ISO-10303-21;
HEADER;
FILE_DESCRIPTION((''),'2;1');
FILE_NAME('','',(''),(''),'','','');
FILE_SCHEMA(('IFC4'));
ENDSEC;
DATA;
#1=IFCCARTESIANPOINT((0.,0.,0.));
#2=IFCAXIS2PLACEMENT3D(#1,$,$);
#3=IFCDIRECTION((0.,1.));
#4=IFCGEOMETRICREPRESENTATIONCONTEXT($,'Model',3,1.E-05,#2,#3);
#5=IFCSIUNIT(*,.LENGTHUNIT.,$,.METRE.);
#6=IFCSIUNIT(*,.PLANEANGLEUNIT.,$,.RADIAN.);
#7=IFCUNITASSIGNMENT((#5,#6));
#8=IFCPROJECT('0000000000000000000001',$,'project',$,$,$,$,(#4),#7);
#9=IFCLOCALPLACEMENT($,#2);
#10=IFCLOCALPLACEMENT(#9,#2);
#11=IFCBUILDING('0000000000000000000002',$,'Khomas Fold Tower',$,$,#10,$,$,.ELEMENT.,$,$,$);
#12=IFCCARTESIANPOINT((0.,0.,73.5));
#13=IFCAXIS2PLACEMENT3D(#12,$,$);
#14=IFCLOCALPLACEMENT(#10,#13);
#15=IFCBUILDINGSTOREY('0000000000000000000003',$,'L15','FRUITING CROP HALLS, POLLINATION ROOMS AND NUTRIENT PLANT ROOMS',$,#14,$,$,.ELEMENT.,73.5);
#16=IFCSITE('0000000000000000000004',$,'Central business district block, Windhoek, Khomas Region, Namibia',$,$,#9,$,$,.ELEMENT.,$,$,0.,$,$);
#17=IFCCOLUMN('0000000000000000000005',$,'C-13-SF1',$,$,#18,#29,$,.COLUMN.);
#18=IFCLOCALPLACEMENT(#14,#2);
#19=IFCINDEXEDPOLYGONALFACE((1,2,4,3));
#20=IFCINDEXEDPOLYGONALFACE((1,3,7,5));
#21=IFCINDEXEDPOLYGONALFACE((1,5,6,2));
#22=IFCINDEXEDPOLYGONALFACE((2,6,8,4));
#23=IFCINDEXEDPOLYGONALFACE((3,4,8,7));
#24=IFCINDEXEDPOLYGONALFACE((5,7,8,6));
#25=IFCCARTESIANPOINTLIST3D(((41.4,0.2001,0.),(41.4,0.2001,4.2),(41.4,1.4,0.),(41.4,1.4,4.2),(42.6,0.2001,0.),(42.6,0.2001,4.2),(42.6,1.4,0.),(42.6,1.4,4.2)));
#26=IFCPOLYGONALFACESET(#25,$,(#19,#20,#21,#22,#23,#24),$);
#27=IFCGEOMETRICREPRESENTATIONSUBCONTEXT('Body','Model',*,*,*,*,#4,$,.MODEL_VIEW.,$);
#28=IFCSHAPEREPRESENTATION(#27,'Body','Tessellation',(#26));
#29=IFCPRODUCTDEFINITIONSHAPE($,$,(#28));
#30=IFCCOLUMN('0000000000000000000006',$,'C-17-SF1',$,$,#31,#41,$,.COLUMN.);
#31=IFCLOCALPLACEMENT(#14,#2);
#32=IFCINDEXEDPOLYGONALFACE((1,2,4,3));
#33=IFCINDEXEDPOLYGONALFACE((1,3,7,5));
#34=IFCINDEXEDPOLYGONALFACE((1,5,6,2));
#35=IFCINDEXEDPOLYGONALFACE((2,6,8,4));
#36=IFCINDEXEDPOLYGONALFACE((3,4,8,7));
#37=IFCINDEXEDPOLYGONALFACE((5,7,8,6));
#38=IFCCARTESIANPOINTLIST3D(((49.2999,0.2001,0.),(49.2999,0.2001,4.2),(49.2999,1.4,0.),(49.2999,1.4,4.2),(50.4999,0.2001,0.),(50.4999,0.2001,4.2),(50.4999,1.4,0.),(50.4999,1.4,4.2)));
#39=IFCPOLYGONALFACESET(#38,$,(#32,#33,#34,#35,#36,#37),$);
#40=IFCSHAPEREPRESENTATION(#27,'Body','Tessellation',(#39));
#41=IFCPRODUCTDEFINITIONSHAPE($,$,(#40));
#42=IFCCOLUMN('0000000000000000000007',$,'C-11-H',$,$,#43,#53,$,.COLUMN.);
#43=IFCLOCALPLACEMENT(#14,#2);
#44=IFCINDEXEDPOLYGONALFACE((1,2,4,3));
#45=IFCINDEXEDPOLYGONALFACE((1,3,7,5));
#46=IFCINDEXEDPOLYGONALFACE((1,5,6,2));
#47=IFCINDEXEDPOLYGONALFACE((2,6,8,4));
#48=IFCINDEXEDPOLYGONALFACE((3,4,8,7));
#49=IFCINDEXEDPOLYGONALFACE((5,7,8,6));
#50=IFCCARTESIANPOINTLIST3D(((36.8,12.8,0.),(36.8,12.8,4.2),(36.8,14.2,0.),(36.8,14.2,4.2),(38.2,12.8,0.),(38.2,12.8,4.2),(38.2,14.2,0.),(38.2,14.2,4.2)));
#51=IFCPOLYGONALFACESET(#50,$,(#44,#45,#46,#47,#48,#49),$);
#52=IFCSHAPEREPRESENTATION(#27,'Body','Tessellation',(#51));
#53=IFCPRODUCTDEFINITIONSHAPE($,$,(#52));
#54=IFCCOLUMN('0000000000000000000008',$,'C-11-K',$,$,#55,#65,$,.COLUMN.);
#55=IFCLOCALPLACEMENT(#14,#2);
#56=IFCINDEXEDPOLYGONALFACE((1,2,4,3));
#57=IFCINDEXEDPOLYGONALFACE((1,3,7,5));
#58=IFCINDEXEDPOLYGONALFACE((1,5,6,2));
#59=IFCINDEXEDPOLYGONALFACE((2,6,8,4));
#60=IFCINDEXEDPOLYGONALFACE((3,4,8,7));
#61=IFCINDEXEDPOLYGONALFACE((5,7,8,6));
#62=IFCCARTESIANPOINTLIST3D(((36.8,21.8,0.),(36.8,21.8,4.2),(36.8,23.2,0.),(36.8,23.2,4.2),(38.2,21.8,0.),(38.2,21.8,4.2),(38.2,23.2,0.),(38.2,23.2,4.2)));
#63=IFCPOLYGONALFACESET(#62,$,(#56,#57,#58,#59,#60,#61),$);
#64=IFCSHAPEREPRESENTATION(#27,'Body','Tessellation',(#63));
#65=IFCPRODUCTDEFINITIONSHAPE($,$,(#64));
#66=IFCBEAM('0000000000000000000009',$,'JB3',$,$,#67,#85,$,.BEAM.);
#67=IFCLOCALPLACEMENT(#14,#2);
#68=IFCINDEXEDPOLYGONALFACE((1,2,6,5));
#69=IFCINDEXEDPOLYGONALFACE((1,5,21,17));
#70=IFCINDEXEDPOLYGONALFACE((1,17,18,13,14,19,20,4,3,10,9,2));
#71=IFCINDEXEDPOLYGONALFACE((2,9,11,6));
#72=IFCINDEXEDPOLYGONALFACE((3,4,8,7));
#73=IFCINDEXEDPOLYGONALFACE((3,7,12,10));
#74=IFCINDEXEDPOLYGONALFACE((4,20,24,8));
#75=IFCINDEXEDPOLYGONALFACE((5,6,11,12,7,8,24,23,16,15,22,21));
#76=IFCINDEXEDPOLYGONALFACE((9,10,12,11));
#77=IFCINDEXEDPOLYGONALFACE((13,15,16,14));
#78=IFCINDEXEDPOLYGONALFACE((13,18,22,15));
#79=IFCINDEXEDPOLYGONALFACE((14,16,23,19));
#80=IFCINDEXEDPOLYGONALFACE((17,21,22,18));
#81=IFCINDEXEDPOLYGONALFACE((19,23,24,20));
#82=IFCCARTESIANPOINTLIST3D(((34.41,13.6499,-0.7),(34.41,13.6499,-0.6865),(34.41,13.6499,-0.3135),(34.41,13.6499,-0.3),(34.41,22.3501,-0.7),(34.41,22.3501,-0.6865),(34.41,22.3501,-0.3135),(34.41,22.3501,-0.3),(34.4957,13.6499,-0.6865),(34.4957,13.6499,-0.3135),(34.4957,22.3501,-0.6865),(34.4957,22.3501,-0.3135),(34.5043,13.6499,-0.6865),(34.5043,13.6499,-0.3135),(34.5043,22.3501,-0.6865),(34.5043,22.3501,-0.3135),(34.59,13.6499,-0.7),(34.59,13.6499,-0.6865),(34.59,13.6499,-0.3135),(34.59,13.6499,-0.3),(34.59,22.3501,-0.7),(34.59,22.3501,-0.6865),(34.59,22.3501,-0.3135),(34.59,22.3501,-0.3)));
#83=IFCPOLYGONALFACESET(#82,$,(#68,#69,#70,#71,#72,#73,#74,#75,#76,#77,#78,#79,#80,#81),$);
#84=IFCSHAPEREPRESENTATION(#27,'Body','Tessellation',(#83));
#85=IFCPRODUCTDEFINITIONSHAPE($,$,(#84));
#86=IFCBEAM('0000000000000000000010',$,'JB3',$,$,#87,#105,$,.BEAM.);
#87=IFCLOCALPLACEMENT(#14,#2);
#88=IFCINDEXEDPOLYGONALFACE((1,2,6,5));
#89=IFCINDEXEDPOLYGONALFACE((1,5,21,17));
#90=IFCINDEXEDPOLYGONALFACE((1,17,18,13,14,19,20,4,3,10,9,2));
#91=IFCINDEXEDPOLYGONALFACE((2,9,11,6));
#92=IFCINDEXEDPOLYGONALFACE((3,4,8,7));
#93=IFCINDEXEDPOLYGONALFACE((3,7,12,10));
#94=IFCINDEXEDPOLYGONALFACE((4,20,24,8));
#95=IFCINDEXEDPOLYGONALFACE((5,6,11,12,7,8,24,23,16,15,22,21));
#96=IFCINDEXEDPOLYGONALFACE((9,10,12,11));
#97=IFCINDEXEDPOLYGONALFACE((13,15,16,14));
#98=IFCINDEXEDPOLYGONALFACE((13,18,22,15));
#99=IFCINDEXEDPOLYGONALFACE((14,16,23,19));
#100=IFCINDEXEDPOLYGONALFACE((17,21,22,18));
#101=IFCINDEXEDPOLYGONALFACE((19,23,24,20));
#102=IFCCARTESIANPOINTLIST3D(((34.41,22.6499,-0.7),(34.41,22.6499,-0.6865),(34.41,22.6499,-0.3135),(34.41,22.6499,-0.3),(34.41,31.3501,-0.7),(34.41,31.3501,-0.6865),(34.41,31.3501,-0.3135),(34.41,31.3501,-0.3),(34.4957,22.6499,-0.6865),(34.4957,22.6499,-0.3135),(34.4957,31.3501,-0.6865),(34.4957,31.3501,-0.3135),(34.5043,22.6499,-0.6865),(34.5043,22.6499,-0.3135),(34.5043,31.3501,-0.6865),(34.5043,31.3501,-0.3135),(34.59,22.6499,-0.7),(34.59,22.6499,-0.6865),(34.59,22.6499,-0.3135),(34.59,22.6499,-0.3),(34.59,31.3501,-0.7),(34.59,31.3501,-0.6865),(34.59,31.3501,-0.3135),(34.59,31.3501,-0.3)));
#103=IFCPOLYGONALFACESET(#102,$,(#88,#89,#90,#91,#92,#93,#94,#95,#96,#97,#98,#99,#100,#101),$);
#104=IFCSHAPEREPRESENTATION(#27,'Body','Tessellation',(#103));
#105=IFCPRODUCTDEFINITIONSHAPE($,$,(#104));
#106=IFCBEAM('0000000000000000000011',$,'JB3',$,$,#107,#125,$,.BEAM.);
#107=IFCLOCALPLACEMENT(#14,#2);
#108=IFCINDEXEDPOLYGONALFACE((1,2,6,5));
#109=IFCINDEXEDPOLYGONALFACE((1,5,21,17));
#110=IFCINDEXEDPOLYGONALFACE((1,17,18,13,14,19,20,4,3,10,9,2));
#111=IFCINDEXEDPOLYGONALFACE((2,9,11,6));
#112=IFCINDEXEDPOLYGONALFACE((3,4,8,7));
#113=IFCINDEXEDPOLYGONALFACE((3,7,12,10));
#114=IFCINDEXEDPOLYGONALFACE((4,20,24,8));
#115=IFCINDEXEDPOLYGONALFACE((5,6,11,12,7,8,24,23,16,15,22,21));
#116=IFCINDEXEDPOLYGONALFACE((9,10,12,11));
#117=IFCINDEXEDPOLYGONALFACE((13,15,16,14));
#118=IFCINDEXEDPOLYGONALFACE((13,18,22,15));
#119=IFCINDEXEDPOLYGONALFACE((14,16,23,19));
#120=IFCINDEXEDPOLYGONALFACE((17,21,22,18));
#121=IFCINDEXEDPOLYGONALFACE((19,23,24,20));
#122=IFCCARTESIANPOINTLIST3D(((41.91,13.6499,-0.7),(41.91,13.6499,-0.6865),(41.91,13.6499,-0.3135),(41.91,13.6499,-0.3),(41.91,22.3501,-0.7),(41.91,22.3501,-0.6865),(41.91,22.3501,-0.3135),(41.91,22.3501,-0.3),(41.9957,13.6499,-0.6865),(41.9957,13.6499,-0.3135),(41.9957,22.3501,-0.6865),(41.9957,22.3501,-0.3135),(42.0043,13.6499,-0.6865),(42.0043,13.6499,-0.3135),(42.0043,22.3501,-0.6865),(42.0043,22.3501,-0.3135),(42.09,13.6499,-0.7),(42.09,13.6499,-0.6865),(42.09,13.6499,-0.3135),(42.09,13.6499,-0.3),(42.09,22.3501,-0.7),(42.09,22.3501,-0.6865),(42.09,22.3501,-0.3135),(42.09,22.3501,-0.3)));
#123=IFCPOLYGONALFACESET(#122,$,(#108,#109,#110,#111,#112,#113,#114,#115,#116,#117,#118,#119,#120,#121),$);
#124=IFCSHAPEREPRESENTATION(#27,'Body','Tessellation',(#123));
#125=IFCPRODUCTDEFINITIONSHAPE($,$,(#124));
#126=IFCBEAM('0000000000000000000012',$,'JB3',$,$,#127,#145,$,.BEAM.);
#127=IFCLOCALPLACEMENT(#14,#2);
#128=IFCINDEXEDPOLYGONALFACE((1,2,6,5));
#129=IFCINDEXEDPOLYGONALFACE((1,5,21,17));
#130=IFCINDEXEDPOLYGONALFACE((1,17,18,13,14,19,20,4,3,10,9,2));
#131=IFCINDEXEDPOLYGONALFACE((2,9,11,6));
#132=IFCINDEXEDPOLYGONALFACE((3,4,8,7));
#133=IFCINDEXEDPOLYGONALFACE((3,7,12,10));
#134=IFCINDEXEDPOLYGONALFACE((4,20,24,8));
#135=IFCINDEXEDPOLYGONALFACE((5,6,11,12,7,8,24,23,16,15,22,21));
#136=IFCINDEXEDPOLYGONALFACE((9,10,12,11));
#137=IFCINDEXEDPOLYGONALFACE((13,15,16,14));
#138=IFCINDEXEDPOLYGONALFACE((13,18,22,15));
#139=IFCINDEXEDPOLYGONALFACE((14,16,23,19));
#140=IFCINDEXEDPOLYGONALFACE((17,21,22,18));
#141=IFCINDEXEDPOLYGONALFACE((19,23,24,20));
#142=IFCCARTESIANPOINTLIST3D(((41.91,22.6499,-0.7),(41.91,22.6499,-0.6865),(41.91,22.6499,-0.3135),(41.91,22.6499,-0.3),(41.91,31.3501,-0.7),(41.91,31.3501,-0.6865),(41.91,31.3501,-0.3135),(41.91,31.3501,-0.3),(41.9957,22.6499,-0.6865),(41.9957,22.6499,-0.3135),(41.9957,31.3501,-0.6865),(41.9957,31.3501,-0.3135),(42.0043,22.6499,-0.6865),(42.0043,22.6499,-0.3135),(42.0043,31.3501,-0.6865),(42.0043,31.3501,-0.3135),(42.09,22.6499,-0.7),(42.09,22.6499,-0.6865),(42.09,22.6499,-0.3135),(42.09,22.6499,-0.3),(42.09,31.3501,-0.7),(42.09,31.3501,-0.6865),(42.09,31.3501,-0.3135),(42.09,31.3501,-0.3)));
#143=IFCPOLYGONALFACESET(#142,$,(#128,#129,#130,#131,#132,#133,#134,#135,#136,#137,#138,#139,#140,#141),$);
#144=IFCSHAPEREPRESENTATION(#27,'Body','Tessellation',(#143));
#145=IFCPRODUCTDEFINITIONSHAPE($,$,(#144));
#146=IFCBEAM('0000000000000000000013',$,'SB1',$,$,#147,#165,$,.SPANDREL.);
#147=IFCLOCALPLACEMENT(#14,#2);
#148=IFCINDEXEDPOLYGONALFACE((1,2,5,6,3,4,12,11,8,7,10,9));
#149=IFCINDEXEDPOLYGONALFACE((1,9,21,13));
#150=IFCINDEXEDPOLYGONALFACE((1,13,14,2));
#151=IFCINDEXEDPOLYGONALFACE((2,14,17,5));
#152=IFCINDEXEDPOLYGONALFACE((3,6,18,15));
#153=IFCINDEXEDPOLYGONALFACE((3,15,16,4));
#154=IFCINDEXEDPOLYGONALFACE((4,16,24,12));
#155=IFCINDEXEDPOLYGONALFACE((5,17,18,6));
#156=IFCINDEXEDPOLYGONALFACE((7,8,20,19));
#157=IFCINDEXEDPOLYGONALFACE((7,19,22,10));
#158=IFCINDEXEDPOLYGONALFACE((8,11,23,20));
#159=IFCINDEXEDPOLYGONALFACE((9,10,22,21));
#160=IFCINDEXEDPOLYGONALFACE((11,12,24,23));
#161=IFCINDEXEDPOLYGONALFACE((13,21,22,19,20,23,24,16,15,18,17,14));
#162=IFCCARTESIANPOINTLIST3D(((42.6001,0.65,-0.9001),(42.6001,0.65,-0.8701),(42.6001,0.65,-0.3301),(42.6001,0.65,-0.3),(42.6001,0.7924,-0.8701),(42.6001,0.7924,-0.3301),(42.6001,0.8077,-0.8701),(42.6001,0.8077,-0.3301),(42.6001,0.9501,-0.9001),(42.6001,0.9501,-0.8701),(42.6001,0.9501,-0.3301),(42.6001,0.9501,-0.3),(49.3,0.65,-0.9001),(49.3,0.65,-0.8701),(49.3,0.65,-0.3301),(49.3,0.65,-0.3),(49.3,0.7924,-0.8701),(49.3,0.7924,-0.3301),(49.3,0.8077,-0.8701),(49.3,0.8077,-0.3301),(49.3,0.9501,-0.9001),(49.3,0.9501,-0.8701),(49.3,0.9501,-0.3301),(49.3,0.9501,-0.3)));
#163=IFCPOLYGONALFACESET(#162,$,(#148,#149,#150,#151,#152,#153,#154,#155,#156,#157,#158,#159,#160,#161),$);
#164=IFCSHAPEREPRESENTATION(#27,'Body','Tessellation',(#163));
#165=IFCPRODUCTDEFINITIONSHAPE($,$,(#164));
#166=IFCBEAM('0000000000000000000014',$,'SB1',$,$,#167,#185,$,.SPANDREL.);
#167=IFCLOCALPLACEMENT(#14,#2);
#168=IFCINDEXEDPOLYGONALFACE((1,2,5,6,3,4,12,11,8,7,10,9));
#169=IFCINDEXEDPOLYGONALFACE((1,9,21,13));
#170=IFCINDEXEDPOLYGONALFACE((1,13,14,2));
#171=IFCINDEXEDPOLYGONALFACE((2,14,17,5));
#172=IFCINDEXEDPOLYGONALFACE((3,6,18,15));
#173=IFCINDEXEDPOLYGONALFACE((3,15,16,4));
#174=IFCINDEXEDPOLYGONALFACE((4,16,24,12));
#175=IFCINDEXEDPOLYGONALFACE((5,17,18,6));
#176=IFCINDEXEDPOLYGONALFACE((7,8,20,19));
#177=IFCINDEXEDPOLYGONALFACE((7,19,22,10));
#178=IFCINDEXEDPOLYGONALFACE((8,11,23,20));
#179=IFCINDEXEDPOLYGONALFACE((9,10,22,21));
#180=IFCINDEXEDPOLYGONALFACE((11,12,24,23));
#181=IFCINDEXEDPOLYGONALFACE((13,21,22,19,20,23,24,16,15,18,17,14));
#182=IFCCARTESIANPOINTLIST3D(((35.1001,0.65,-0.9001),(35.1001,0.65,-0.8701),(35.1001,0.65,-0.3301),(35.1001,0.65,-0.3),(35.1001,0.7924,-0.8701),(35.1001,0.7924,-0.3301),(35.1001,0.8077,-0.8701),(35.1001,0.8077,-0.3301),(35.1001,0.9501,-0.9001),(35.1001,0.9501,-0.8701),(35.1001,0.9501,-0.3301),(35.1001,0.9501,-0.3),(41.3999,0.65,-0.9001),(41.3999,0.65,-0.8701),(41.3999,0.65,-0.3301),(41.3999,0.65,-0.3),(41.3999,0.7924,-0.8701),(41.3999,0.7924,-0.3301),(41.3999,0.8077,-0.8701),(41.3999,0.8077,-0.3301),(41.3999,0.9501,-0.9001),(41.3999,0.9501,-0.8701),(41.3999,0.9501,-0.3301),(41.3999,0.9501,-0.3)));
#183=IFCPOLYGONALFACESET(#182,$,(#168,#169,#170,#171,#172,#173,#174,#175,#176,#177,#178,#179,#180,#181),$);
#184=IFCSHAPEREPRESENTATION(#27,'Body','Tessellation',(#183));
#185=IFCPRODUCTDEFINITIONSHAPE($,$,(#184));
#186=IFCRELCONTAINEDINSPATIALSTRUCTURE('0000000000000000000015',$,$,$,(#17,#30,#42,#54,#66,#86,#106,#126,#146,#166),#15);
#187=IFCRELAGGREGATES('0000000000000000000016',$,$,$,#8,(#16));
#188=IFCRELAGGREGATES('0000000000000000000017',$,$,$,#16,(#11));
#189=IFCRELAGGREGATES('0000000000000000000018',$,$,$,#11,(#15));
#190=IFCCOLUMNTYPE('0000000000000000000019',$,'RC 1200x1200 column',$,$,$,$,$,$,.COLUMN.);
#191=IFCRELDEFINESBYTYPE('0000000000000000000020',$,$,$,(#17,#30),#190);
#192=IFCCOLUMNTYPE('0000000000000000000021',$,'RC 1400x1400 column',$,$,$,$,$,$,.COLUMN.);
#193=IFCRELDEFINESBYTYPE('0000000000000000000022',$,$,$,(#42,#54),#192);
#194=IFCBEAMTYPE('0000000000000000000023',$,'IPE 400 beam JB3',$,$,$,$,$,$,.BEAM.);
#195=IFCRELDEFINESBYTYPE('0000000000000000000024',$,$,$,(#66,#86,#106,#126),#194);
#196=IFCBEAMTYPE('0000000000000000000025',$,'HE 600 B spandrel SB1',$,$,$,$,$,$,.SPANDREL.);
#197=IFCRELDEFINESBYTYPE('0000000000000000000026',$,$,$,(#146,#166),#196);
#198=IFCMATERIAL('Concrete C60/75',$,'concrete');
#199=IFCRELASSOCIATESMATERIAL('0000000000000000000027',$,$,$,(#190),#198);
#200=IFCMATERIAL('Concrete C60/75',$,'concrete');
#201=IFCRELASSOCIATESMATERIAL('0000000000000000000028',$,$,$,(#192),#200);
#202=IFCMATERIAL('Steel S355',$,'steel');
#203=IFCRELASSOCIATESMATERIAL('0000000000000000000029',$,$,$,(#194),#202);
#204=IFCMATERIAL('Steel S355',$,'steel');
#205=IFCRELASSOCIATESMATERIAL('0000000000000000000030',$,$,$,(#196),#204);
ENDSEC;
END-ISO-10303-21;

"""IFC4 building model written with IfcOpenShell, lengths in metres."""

from ifc_helpers import new_model, si_unit, direction, frame, origin, origin_2d, place, context, subcontext, project, spatial, rectangle, i_section, extrude, source, transform, mapped, material, material_profile, profile_set, type_object, element, save


model = new_model("IFC4")

# Units and contexts
model_context = context("Model", 3, precision=1e-05, world=origin(), true_north=direction((0.0, 1.0)))
body_context = subcontext(model_context, "Body", "Model", "MODEL_VIEW")
ifc_project = project(units=[si_unit("LENGTHUNIT", "METRE"), si_unit("PLANEANGLEUNIT", "RADIAN")], contexts=[model_context])

# Site, building, storey
site_placement = place(None, origin())
site = spatial("IfcSite", under=ifc_project, at=site_placement, Name="Central business district block, Windhoek, Khomas Region, Namibia", CompositionType="ELEMENT", RefElevation=0.0)
building_placement = place(site_placement, origin())
building = spatial("IfcBuilding", under=site, at=building_placement, Name="Khomas Fold Tower", CompositionType="ELEMENT")
storey_placement = place(building_placement, frame((0.0, 0.0, 73.5)))
storey = spatial("IfcBuildingStorey", under=building, at=storey_placement, Name="L15", Description="FRUITING CROP HALLS, POLLINATION ROOMS AND NUTRIENT PLANT ROOMS", CompositionType="ELEMENT", Elevation=73.5)

# Columns
ifc_material_1 = material(Name="Concrete C60/75", Category="concrete")
ifc_material_profile_1 = material_profile(ifc_material_1, rectangle(XDim=1.2, YDim=1.2, at=origin_2d()), Name="RC 1200x1200")
ifc_profile_set_1 = profile_set([ifc_material_profile_1], Name="Concrete C60/75")
column_type_1 = type_object("IfcColumnType", Name="RC 1200x1200 column", PredefinedType="COLUMN", material=ifc_profile_set_1)
shared_shape_1 = source(origin(), body_context, "Body", "SweptSolid", [
    extrude(rectangle(XDim=1.2, YDim=1.2, at=origin_2d()), origin(), (0.0, 0.0, 1.0), 4.2),
])
for number, where, z_axis, x_axis, name in (
    (1, (42.0, 0.8, 0.0), (0.0, 0.0, 1.0), (1.0, 0.0, 0.0), "C-13-SF1"),
    (2, (49.8999, 0.8, 0.0), (0.0, 0.0, 1.0), (1.0, 0.0, 0.0), "C-17-SF1"),
):
    element("IfcColumn", number, at=place(storey_placement, frame(where, z_axis=z_axis, x_axis=x_axis)), inside=storey, type_object=column_type_1, Name=name, PredefinedType="COLUMN", context=body_context, shape_type="MappedRepresentation", body=[
        mapped(shared_shape_1, transform((0.0, 0.0, 0.0))),
    ])
ifc_material_2 = material(Name="Concrete C60/75", Category="concrete")
ifc_material_profile_2 = material_profile(ifc_material_2, rectangle(XDim=1.3999, YDim=1.3999, at=origin_2d()), Name="RC 1400x1400")
ifc_profile_set_2 = profile_set([ifc_material_profile_2], Name="Concrete C60/75")
column_type_2 = type_object("IfcColumnType", Name="RC 1400x1400 column", PredefinedType="COLUMN", material=ifc_profile_set_2)
shared_shape_2 = source(origin(), body_context, "Body", "SweptSolid", [
    extrude(rectangle(XDim=1.3999, YDim=1.3999, at=origin_2d()), origin(), (0.0, 0.0, 1.0), 4.2),
])
for number, where, z_axis, x_axis, name in (
    (3, (37.5, 13.5, 0.0), (0.0, 0.0, 1.0), (1.0, 0.0, 0.0), "C-11-H"),
    (4, (37.5, 22.5, 0.0), (0.0, 0.0, 1.0), (1.0, 0.0, 0.0), "C-11-K"),
):
    element("IfcColumn", number, at=place(storey_placement, frame(where, z_axis=z_axis, x_axis=x_axis)), inside=storey, type_object=column_type_2, Name=name, PredefinedType="COLUMN", context=body_context, shape_type="MappedRepresentation", body=[
        mapped(shared_shape_2, transform((0.0, 0.0, 0.0))),
    ])

# Beams
ifc_material_3 = material(Name="Steel S355", Category="steel")
ifc_material_profile_3 = material_profile(ifc_material_3, i_section(OverallWidth=0.1799, OverallDepth=0.3999, WebThickness=0.0085, FlangeThickness=0.0134, at=origin_2d()), Name="IPE 400")
ifc_profile_set_3 = profile_set([ifc_material_profile_3], Name="Steel S355")
beam_type_1 = type_object("IfcBeamType", Name="IPE 400 beam JB3", PredefinedType="BEAM", material=ifc_profile_set_3)
shared_shape_3 = source(origin(), body_context, "Body", "SweptSolid", [
    extrude(i_section(OverallWidth=0.1799, OverallDepth=0.3999, WebThickness=0.0085, FlangeThickness=0.0134, at=origin_2d()), origin(), (0.0, 0.0, 1.0), 8.7002),
])
for number, where, z_axis, x_axis, name in (
    (5, (34.5, 13.6499, -0.5), (0.0, 1.0, 0.0), (-1.0, 0.0, 0.0), "JB3"),
    (6, (34.5, 22.6499, -0.5), (0.0, 1.0, 0.0), (-1.0, 0.0, 0.0), "JB3"),
    (7, (42.0, 13.6499, -0.5), (0.0, 1.0, 0.0), (-1.0, 0.0, 0.0), "JB3"),
    (8, (42.0, 22.6499, -0.5), (0.0, 1.0, 0.0), (-1.0, 0.0, 0.0), "JB3"),
):
    element("IfcBeam", number, at=place(storey_placement, frame(where, z_axis=z_axis, x_axis=x_axis)), inside=storey, type_object=beam_type_1, Name=name, PredefinedType="BEAM", context=body_context, shape_type="MappedRepresentation", body=[
        mapped(shared_shape_3, transform((0.0, 0.0, 0.0))),
    ])
ifc_material_4 = material(Name="Steel S355", Category="steel")
ifc_material_profile_4 = material_profile(ifc_material_4, i_section(OverallWidth=0.3, OverallDepth=0.6001, WebThickness=0.0154, FlangeThickness=0.03, at=origin_2d()), Name="HE 600 B")
ifc_profile_set_4 = profile_set([ifc_material_profile_4], Name="Steel S355")
beam_type_2 = type_object("IfcBeamType", Name="HE 600 B spandrel SB1", PredefinedType="SPANDREL", material=ifc_profile_set_4)
shared_shape_4 = source(origin(), body_context, "Body", "SweptSolid", [
    extrude(i_section(OverallWidth=0.3, OverallDepth=0.6001, WebThickness=0.0154, FlangeThickness=0.03, at=origin_2d()), origin(), (0.0, 0.0, 1.0), 6.7),
])
beam_1_placement = place(storey_placement, frame((42.6001, 0.8, -0.6001), z_axis=(1.0, 0.0, 0.0), x_axis=(0.0, 1.0, 0.0)))
element("IfcBeam", 9, at=beam_1_placement, inside=storey, type_object=beam_type_2, Name="SB1", PredefinedType="SPANDREL", context=body_context, shape_type="MappedRepresentation", body=[
    mapped(shared_shape_4, transform((0.0, 0.0, 0.0))),
])
shared_shape_5 = source(origin(), body_context, "Body", "SweptSolid", [
    extrude(i_section(OverallWidth=0.3, OverallDepth=0.6001, WebThickness=0.0154, FlangeThickness=0.03, at=origin_2d()), origin(), (0.0, 0.0, 1.0), 6.2998),
])
beam_2_placement = place(storey_placement, frame((35.1001, 0.8, -0.6001), z_axis=(1.0, 0.0, 0.0), x_axis=(0.0, 1.0, 0.0)))
element("IfcBeam", 10, at=beam_2_placement, inside=storey, type_object=beam_type_2, Name="SB1", PredefinedType="SPANDREL", context=body_context, shape_type="MappedRepresentation", body=[
    mapped(shared_shape_5, transform((0.0, 0.0, 0.0))),
])

save(model, "model.ifc")
